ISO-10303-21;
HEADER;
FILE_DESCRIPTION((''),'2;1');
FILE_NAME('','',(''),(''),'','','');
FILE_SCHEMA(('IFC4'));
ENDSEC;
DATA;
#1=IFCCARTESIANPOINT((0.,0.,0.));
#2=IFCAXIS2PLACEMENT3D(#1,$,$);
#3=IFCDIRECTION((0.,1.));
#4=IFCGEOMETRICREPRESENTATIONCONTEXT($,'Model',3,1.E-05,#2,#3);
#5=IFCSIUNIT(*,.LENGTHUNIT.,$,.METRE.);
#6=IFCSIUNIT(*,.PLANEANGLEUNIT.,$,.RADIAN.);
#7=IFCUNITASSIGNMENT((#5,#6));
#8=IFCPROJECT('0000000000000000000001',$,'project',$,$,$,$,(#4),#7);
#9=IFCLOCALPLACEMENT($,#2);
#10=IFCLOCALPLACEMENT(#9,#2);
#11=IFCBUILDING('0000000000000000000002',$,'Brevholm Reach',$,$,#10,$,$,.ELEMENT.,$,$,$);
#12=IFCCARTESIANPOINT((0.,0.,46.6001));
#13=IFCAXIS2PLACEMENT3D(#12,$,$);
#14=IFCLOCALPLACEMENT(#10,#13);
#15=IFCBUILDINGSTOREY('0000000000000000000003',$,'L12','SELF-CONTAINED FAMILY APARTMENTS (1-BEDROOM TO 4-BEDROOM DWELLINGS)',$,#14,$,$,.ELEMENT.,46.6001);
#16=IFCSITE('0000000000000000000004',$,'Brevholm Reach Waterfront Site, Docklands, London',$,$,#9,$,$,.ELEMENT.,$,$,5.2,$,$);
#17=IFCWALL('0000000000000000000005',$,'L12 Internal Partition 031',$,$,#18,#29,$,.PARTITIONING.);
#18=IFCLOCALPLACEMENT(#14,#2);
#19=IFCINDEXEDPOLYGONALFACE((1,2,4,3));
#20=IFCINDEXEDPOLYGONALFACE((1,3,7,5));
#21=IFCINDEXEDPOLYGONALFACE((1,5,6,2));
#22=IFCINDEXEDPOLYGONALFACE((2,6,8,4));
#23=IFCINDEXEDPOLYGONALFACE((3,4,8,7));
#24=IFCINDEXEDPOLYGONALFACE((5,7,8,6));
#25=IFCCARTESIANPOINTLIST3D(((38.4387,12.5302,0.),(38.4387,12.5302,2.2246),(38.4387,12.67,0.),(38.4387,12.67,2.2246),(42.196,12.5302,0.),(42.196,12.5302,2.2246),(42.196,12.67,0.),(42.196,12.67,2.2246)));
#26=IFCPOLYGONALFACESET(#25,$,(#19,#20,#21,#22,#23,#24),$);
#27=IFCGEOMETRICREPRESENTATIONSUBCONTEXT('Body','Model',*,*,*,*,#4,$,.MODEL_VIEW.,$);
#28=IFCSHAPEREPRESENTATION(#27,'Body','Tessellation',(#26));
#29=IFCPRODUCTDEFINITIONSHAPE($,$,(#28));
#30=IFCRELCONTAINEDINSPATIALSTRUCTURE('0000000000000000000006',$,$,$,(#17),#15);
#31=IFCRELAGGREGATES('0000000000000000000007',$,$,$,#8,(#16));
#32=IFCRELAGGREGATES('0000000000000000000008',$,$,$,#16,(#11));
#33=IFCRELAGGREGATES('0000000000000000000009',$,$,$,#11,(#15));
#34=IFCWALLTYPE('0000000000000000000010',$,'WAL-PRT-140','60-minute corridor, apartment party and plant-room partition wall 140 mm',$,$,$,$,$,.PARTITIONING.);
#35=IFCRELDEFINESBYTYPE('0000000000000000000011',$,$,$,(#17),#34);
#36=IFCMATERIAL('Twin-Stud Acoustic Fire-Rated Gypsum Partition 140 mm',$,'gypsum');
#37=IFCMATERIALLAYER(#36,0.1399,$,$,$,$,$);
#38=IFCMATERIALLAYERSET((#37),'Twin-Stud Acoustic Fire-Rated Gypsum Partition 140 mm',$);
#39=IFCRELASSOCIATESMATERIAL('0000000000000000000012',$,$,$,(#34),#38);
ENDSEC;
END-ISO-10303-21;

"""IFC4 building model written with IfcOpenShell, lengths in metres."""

from ifc_helpers import new_model, si_unit, direction, frame, frame_2d, origin, place, context, subcontext, project, spatial, rectangle, extrude, material, layer, layer_set, type_object, element, save


model = new_model("IFC4")

# Units and contexts
model_context = context("Model", 3, precision=1e-05, world=origin(), true_north=direction((0.0, 1.0)))
body_context = subcontext(model_context, "Body", "Model", "MODEL_VIEW")
ifc_project = project(units=[si_unit("LENGTHUNIT", "METRE"), si_unit("PLANEANGLEUNIT", "RADIAN")], contexts=[model_context])

# Site, building, storey
site_placement = place(None, origin())
site = spatial("IfcSite", under=ifc_project, at=site_placement, Name="Brevholm Reach Waterfront Site, Docklands, London", CompositionType="ELEMENT", RefElevation=5.2)
building_placement = place(site_placement, origin())
building = spatial("IfcBuilding", under=site, at=building_placement, Name="Brevholm Reach", CompositionType="ELEMENT")
storey_placement = place(building_placement, frame((0.0, 0.0, 46.6001)))
storey = spatial("IfcBuildingStorey", under=building, at=storey_placement, Name="L12", Description="SELF-CONTAINED FAMILY APARTMENTS (1-BEDROOM TO 4-BEDROOM DWELLINGS)", CompositionType="ELEMENT", Elevation=46.6001)

# Wall
ifc_material_1 = material(Name="Twin-Stud Acoustic Fire-Rated Gypsum Partition 140 mm", Category="gypsum")
ifc_layer_1 = layer(ifc_material_1, 0.1399)
ifc_layer_set_1 = layer_set([ifc_layer_1], Name="Twin-Stud Acoustic Fire-Rated Gypsum Partition 140 mm")
wall_type_1 = type_object("IfcWallType", Name="WAL-PRT-140", Description="60-minute corridor, apartment party and plant-room partition wall 140 mm", PredefinedType="PARTITIONING", material=ifc_layer_set_1)
wall_1_placement = place(storey_placement, frame((38.4387, 12.6001, 0.0), z_axis=(0.0, 0.0, 1.0), x_axis=(1.0, 0.0, 0.0)))
element("IfcWall", 1, at=wall_1_placement, inside=storey, type_object=wall_type_1, Name="L12 Internal Partition 031", PredefinedType="PARTITIONING", context=body_context, shape_type="SweptSolid", body=[
    extrude(rectangle(XDim=3.7573, YDim=0.1399, at=frame_2d((1.8787, 0.0))), origin(), (0.0, 0.0, 1.0), 2.2246),
])

save(model, "model.ifc")
